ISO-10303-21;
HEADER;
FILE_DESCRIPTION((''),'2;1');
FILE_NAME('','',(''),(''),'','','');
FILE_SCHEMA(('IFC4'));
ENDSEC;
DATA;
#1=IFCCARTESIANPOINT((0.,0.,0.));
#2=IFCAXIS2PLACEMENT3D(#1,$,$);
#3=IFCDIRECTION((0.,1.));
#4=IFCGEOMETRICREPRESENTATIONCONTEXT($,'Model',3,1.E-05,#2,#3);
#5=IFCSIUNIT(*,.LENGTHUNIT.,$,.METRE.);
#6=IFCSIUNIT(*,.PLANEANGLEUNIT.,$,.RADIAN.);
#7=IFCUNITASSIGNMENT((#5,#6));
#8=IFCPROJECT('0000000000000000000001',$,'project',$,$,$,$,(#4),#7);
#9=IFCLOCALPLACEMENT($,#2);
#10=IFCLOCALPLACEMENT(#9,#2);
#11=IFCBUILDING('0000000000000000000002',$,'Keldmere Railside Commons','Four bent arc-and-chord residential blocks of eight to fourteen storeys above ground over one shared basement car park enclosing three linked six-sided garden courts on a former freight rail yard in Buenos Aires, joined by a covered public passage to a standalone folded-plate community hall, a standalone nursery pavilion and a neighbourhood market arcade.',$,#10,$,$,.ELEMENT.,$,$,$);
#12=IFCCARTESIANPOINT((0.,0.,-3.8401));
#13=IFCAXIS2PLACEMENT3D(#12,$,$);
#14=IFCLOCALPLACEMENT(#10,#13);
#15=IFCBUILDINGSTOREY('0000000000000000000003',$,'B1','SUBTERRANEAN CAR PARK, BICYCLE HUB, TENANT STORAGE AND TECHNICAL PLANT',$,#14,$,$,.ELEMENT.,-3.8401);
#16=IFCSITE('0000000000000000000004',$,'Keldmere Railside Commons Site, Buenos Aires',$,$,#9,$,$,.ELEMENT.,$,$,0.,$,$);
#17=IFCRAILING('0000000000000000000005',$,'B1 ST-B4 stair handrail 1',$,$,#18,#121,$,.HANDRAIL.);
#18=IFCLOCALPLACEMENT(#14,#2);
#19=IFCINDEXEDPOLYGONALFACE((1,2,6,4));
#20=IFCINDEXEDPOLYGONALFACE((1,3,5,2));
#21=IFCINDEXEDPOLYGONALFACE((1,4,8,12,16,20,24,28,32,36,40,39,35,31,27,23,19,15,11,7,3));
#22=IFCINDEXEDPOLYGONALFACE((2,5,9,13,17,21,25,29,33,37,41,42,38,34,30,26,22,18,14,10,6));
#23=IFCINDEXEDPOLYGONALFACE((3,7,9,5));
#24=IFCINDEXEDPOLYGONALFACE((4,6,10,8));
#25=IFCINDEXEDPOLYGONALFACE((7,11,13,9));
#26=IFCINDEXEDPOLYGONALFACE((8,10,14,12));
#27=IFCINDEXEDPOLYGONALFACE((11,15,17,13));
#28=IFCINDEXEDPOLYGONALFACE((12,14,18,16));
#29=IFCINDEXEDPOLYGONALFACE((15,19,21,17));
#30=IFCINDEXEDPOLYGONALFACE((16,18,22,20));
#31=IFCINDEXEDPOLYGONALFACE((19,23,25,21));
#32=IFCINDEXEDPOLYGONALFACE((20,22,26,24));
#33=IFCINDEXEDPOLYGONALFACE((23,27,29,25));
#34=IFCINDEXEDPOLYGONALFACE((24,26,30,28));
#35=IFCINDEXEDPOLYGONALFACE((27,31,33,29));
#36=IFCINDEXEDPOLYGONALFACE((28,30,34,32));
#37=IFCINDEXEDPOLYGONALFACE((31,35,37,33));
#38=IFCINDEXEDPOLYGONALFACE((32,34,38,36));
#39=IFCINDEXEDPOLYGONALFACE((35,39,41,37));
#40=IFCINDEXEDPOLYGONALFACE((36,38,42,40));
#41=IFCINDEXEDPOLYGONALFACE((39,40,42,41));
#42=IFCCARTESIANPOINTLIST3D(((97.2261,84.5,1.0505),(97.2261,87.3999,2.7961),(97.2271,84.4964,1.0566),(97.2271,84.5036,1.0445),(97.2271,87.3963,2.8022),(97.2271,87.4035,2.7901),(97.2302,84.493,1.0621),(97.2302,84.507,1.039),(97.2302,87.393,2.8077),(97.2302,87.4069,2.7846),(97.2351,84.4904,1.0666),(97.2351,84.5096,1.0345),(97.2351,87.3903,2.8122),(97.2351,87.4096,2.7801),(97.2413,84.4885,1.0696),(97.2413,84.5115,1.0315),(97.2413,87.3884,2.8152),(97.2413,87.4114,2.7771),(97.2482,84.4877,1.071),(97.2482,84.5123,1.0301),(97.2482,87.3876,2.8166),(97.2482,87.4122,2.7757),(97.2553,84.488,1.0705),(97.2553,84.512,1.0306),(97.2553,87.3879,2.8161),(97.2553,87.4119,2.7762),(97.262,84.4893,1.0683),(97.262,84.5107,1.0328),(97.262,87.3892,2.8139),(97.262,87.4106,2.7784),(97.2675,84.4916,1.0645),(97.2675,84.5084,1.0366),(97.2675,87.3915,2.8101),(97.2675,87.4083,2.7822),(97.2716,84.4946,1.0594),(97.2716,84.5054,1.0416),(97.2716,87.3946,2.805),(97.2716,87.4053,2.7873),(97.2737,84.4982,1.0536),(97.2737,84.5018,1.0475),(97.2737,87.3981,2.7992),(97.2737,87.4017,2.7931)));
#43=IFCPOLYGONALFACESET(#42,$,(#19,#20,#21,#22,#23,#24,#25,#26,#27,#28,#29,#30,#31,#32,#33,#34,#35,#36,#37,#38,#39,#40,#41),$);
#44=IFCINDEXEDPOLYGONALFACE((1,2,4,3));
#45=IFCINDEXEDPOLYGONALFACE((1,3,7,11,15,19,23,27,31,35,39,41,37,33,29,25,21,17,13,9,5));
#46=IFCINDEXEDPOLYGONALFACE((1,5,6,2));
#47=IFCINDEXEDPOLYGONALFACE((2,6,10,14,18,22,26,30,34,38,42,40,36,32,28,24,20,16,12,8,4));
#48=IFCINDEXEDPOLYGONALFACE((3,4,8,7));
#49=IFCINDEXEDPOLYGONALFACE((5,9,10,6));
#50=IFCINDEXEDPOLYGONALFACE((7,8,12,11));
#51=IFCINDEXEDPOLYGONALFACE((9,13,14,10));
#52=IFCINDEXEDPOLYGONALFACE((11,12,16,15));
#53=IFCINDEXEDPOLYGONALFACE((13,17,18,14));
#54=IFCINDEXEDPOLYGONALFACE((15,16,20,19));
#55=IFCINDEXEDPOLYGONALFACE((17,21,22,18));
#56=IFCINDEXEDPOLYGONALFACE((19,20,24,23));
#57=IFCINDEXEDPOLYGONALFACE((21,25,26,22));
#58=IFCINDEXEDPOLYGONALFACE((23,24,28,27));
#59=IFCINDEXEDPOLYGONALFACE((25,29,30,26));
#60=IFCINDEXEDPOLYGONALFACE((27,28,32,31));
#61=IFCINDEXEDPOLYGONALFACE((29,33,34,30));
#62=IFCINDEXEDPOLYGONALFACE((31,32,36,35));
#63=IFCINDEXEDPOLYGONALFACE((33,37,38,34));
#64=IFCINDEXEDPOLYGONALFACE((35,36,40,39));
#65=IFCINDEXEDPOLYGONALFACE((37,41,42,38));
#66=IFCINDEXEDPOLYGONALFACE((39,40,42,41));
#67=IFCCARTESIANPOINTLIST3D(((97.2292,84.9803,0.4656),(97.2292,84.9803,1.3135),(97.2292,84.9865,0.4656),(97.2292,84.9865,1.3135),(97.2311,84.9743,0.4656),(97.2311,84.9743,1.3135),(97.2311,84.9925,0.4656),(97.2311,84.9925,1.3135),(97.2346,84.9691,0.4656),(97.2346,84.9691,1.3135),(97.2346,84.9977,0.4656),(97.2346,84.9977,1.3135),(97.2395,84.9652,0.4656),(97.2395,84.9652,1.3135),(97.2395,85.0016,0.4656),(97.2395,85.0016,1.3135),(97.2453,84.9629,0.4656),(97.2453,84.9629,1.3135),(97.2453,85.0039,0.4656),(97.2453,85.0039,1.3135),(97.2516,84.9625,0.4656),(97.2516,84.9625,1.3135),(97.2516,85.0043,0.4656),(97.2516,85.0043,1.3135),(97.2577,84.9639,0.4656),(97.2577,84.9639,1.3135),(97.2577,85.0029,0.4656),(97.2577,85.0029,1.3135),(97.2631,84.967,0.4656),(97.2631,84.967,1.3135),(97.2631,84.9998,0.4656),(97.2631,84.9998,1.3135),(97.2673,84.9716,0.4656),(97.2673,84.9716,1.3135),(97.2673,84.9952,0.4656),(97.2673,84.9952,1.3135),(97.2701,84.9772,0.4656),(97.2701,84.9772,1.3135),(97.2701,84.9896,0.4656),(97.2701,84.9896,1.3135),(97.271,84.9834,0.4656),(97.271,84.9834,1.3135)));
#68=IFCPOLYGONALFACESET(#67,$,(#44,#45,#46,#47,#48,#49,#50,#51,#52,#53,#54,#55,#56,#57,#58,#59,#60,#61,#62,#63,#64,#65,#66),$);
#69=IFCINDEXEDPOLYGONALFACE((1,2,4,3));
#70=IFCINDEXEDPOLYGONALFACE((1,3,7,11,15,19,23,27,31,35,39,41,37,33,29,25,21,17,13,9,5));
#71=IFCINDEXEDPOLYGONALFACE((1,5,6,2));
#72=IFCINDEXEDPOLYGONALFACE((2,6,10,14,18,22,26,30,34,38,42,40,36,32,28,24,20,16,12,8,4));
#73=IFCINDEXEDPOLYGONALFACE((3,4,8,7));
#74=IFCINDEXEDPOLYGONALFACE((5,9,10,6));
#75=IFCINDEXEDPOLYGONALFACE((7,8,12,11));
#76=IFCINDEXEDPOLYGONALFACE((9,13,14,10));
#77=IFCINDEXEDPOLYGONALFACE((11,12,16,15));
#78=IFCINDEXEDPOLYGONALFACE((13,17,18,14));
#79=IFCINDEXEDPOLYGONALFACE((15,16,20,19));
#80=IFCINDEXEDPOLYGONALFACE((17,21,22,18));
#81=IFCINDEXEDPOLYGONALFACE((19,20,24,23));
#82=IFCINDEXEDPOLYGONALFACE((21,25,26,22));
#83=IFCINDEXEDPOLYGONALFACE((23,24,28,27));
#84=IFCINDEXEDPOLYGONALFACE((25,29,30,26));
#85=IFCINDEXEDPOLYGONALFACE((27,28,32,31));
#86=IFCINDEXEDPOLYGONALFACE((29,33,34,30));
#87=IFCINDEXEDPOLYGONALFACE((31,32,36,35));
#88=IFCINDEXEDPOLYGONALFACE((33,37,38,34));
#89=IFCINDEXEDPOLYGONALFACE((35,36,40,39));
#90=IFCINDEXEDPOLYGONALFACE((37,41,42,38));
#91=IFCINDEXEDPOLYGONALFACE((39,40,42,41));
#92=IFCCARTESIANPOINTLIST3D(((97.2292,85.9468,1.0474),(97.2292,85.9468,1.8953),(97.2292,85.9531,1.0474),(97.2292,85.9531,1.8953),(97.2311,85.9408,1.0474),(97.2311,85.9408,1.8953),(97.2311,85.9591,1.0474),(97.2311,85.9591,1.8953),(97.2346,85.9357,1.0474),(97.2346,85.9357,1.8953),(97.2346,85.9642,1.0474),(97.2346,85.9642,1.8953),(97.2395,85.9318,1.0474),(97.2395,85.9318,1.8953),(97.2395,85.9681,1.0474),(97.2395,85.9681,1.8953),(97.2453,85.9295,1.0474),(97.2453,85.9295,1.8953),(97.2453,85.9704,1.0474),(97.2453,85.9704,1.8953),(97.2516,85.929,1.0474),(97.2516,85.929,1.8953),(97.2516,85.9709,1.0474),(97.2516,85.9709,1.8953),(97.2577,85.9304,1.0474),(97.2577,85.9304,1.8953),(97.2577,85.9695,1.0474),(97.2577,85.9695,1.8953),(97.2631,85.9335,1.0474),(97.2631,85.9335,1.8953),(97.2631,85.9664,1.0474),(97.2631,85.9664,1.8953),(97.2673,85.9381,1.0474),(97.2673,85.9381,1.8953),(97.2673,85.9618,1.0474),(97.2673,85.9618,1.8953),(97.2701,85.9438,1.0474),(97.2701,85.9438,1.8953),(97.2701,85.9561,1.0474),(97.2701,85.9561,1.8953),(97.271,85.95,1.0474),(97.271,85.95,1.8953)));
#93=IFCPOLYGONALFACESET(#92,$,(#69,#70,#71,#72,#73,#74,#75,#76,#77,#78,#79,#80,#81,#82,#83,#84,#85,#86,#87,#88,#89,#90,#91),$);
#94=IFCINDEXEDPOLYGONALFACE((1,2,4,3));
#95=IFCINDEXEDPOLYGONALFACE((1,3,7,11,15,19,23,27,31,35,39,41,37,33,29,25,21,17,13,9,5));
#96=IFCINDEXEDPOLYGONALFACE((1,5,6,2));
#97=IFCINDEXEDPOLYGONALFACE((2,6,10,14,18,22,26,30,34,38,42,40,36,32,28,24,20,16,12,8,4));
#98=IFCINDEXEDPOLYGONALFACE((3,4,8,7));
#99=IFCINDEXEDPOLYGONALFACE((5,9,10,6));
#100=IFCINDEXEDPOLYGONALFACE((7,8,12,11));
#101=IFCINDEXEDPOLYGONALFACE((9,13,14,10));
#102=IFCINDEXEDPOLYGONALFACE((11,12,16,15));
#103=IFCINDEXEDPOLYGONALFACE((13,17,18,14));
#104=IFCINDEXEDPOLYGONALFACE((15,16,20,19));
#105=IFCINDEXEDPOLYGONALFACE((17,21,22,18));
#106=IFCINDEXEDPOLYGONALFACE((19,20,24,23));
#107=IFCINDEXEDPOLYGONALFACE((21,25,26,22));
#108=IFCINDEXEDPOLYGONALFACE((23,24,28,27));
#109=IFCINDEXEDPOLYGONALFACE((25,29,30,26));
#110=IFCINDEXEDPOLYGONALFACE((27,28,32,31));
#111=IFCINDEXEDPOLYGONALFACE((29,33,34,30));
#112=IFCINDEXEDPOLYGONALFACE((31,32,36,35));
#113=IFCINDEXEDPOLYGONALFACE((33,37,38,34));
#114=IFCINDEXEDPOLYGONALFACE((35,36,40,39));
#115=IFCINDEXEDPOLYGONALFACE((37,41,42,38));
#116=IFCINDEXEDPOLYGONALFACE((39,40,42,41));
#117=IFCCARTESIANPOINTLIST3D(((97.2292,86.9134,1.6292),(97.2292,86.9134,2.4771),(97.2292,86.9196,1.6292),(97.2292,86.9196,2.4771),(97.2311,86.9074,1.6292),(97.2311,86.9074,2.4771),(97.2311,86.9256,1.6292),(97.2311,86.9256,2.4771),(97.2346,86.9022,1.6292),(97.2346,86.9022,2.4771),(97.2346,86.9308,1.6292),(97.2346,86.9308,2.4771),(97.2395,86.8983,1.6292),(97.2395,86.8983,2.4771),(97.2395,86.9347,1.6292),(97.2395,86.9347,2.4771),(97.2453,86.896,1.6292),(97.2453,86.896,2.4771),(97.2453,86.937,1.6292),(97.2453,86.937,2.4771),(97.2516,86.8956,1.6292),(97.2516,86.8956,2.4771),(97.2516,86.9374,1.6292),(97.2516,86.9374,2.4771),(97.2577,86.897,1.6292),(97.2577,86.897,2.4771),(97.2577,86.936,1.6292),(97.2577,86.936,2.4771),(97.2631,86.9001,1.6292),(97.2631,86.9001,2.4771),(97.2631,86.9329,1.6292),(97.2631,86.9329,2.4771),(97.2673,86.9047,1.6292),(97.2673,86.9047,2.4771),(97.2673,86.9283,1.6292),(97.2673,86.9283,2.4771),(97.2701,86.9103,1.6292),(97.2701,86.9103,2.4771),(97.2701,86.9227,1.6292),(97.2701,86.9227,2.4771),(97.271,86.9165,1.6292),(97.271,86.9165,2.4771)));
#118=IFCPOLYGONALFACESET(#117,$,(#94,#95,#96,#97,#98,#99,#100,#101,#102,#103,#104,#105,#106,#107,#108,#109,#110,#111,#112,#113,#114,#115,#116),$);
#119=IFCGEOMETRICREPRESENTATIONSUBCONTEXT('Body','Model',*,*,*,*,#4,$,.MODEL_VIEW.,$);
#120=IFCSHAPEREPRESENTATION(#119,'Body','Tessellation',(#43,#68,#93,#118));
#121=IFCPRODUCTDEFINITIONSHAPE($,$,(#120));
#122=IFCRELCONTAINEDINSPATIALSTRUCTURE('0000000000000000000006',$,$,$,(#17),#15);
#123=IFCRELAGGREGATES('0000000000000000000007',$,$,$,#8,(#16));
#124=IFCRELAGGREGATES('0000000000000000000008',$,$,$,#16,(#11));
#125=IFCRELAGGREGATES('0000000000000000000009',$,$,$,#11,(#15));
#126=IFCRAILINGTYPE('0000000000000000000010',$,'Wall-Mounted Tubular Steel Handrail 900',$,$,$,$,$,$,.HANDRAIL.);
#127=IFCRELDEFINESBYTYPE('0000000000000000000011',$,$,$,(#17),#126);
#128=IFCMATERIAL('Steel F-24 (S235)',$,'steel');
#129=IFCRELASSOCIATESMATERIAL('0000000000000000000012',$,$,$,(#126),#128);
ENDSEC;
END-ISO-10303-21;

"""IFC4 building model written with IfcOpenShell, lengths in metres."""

from ifc_helpers import new_model, si_unit, direction, frame, origin, origin_2d, place, context, subcontext, project, spatial, circle, extrude, material, type_object, element, save


model = new_model("IFC4")

# Units and contexts
model_context = context("Model", 3, precision=1e-05, world=origin(), true_north=direction((0.0, 1.0)))
body_context = subcontext(model_context, "Body", "Model", "MODEL_VIEW")
ifc_project = project(units=[si_unit("LENGTHUNIT", "METRE"), si_unit("PLANEANGLEUNIT", "RADIAN")], contexts=[model_context])

# Site, building, storey
site_placement = place(None, origin())
site = spatial("IfcSite", under=ifc_project, at=site_placement, Name="Keldmere Railside Commons Site, Buenos Aires", CompositionType="ELEMENT", RefElevation=0.0)
building_placement = place(site_placement, origin())
building = spatial("IfcBuilding", under=site, at=building_placement, Name="Keldmere Railside Commons", Description="Four bent arc-and-chord residential blocks of eight to fourteen storeys above ground over one shared basement car park enclosing three linked six-sided garden courts on a former freight rail yard in Buenos Aires, joined by a covered public passage to a standalone folded-plate community hall, a standalone nursery pavilion and a neighbourhood market arcade.", CompositionType="ELEMENT")
storey_placement = place(building_placement, frame((0.0, 0.0, -3.8401)))
storey = spatial("IfcBuildingStorey", under=building, at=storey_placement, Name="B1", Description="SUBTERRANEAN CAR PARK, BICYCLE HUB, TENANT STORAGE AND TECHNICAL PLANT", CompositionType="ELEMENT", Elevation=-3.8401)

# Shared definitions
ifc_material_1 = material(Name="Steel F-24 (S235)", Category="steel")

# Railing
railing_type_1 = type_object("IfcRailingType", Name="Wall-Mounted Tubular Steel Handrail 900", PredefinedType="HANDRAIL", material=ifc_material_1)
railing_1_placement = place(storey_placement, frame((97.25, 84.5, 0.1746)))
element("IfcRailing", 1, at=railing_1_placement, inside=storey, type_object=railing_type_1, Name="B1 ST-B4 stair handrail 1", PredefinedType="HANDRAIL", context=body_context, shape_type="SweptSolid", body=[
    extrude(circle(Radius=0.0239, at=origin_2d()), frame((0.0, 0.0, 0.876), z_axis=(0.0, 0.856754, 0.515726), x_axis=(-1.0, 0.0, 0.0)), (0.0, 0.0, 1.0), 3.3848),
    extrude(circle(Radius=0.021, at=origin_2d()), frame((0.0, 0.4834, 0.291)), (0.0, 0.0, 1.0), 0.8479),
    extrude(circle(Radius=0.021, at=origin_2d()), frame((0.0, 1.45, 0.8728)), (0.0, 0.0, 1.0), 0.8479),
    extrude(circle(Radius=0.021, at=origin_2d()), frame((0.0, 2.4165, 1.4546)), (0.0, 0.0, 1.0), 0.8479),
])

save(model, "model.ifc")
